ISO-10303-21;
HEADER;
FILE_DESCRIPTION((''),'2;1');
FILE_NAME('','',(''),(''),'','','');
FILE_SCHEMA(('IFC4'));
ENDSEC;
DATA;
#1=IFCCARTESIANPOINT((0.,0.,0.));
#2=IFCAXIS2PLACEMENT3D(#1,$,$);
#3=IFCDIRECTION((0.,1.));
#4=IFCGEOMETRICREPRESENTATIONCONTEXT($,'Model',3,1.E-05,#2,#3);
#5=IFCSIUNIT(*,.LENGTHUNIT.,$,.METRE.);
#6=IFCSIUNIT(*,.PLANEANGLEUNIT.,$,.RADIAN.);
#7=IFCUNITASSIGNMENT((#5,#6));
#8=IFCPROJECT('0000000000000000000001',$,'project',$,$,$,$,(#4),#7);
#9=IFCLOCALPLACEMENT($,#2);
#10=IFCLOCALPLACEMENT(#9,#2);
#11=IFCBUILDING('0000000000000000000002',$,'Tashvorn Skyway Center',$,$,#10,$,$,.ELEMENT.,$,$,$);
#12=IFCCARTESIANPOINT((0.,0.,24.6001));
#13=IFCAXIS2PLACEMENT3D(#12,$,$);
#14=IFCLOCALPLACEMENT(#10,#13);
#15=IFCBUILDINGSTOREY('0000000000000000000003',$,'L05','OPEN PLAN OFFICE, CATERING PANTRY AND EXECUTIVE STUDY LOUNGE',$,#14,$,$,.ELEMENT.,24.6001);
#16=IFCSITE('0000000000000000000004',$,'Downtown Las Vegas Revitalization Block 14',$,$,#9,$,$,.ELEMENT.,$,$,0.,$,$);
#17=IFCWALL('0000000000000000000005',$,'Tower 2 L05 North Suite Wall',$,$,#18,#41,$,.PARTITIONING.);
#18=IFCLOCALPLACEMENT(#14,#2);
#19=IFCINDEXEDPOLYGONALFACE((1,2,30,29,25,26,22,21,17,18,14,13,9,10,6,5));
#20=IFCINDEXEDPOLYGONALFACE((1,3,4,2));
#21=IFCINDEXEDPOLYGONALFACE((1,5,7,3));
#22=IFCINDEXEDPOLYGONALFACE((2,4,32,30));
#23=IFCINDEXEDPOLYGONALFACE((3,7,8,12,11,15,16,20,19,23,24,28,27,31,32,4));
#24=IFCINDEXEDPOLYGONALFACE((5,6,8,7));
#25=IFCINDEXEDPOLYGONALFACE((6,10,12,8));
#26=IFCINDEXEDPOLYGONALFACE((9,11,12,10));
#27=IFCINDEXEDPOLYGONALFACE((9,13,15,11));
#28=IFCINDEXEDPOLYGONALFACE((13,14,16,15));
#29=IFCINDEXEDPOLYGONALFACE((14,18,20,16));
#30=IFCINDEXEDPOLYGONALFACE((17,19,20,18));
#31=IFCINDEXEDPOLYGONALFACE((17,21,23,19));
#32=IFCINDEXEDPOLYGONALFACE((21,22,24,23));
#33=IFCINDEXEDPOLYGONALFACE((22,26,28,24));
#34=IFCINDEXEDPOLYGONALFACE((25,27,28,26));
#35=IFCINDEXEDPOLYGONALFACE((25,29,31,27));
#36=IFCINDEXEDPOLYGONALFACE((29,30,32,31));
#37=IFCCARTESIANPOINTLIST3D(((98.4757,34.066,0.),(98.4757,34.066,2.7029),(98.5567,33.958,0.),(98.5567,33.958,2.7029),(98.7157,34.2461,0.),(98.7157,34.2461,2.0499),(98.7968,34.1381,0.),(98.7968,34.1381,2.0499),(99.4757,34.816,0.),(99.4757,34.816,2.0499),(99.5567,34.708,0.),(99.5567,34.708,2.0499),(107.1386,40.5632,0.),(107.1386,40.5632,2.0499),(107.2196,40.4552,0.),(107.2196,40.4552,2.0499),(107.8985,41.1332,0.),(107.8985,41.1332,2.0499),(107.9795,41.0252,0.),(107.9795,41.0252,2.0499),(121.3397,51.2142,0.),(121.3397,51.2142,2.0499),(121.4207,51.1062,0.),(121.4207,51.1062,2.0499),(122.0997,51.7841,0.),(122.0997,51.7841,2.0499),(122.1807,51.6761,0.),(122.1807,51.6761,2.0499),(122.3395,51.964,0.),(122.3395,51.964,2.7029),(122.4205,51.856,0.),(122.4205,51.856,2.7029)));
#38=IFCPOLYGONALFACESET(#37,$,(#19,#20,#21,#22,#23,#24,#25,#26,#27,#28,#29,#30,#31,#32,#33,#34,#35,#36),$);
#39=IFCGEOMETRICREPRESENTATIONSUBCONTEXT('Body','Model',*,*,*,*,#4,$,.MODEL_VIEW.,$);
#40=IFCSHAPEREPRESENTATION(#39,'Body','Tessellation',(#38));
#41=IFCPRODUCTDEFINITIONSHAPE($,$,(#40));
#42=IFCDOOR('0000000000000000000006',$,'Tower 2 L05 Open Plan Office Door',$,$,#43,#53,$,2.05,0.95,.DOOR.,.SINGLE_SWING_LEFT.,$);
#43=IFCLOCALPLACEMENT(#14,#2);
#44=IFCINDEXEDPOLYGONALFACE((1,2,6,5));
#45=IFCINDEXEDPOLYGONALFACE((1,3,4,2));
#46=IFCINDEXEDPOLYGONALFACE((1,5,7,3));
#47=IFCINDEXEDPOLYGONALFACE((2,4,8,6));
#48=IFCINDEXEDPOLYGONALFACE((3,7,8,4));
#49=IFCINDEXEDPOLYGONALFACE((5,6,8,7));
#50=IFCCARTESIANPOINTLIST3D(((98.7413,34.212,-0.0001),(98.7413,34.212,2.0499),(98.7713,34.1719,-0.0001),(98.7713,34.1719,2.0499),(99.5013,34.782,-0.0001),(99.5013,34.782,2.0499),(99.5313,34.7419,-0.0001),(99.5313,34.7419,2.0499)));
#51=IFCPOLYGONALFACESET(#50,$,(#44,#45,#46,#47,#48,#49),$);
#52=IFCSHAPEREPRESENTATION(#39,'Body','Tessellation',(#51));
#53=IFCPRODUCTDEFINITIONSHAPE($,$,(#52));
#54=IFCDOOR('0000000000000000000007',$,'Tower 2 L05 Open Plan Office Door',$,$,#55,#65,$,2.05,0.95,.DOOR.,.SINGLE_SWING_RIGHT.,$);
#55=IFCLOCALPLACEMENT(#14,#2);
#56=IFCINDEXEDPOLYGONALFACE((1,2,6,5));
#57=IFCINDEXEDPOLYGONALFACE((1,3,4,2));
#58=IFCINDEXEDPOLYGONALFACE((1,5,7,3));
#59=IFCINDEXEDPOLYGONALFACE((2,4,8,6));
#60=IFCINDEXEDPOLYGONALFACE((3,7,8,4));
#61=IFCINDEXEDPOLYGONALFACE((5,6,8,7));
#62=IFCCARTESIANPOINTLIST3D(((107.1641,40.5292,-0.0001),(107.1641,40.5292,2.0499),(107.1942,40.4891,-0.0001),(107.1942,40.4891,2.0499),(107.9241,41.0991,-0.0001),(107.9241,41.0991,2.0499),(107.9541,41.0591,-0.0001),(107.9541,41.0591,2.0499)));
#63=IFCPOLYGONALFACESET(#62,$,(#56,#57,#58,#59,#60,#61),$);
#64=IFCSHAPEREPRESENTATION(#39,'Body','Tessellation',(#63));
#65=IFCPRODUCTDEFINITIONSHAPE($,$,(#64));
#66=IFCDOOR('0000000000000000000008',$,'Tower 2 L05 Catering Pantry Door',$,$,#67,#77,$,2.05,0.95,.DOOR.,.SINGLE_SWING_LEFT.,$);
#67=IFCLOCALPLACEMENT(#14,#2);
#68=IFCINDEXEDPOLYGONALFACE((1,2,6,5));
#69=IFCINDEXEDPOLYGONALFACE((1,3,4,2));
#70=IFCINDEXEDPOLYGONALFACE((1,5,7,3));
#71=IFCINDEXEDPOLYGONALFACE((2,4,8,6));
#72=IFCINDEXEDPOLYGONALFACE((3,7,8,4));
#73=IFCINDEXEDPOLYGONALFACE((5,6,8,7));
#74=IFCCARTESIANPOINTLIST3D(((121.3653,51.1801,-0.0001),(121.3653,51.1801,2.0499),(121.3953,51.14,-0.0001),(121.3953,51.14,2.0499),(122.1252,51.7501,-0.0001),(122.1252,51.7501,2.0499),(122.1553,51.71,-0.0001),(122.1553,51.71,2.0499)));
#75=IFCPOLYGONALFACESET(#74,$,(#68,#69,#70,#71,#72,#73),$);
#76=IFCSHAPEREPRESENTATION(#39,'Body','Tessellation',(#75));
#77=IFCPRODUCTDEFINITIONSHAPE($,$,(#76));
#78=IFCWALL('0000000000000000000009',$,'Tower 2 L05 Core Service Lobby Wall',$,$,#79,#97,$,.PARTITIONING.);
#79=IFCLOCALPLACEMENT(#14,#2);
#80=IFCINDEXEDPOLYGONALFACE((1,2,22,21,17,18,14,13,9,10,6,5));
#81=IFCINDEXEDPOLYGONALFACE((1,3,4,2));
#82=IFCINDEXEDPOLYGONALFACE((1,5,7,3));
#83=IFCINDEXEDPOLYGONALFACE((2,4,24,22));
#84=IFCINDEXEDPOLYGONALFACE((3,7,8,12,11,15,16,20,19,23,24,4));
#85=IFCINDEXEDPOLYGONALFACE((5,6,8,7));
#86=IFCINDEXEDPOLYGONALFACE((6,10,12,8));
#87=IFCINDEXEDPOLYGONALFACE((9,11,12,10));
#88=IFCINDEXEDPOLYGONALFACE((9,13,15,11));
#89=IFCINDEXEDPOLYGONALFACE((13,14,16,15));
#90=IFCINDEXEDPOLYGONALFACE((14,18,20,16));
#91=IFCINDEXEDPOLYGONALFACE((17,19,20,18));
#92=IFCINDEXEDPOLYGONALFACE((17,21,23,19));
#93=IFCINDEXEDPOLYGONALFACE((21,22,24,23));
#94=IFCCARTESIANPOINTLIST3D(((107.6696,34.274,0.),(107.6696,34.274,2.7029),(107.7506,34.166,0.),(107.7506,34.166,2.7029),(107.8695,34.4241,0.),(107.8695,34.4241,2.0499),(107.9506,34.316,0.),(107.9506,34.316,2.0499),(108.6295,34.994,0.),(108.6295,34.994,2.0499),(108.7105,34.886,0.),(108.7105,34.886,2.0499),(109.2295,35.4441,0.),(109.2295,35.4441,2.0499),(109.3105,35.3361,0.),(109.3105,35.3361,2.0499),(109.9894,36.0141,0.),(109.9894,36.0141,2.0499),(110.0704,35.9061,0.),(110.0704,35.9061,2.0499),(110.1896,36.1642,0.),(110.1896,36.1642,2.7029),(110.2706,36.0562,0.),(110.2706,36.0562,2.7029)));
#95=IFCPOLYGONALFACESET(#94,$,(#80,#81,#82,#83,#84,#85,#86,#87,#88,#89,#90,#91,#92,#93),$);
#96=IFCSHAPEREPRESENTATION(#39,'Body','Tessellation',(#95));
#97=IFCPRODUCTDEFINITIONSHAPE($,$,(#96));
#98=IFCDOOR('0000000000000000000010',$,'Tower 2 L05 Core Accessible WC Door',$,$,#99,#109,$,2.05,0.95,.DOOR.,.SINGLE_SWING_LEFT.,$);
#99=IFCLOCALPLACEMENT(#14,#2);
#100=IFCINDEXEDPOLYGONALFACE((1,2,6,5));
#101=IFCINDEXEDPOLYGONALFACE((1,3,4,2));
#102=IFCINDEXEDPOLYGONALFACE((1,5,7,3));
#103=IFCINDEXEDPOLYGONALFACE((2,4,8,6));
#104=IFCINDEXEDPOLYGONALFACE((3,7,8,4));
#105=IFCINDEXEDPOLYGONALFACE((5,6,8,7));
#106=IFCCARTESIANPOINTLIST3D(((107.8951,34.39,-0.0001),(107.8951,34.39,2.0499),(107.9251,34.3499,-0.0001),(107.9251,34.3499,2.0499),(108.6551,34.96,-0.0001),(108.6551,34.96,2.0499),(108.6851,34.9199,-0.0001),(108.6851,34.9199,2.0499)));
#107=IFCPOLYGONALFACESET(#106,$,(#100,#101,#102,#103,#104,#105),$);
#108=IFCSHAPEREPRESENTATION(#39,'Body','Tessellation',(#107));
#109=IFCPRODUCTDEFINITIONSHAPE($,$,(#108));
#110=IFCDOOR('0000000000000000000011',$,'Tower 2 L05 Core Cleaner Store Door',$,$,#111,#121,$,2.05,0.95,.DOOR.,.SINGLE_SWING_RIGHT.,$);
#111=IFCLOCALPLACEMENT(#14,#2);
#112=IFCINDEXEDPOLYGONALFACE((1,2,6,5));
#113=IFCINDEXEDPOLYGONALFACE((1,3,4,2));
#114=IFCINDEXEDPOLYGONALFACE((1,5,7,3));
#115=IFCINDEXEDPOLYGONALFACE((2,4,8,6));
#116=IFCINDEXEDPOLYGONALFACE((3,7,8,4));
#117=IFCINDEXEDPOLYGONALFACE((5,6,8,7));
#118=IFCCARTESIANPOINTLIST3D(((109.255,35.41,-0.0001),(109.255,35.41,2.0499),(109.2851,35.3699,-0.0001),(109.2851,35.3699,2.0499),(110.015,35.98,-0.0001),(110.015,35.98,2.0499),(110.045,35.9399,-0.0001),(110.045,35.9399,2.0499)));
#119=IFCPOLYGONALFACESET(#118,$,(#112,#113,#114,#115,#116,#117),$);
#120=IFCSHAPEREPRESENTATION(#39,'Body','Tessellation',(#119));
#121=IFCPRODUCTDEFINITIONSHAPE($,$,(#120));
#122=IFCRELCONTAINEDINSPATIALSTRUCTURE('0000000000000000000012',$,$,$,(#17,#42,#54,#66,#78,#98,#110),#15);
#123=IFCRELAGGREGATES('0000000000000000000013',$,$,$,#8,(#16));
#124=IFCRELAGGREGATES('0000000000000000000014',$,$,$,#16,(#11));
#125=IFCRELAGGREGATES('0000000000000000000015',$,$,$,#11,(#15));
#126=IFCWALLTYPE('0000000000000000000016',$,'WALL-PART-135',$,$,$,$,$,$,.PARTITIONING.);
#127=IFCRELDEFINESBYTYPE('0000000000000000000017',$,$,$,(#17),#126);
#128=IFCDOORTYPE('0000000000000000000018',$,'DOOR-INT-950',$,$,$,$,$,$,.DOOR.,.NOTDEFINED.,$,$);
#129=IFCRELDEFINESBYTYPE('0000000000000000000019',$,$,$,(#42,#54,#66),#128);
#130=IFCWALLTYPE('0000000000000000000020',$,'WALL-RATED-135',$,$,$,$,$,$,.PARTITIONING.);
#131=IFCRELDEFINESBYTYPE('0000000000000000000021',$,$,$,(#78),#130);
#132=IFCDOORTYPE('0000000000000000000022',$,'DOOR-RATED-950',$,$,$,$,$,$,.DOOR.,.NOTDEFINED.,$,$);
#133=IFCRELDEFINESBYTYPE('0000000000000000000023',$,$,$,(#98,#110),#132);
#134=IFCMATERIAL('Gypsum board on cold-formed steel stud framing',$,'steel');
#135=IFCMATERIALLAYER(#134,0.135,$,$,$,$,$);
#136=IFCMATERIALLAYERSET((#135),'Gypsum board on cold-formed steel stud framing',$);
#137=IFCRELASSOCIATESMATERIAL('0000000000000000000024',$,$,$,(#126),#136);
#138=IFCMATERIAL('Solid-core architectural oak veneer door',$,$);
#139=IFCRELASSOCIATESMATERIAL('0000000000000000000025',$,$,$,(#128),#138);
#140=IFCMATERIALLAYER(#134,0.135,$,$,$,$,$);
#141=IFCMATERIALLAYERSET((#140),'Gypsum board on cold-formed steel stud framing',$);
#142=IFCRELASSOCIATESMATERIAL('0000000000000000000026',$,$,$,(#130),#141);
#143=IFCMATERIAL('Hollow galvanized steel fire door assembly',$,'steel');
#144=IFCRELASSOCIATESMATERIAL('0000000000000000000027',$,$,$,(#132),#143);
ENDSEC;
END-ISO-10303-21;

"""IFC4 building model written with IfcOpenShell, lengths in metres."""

from ifc_helpers import new_model, si_unit, direction, frame, frame_2d, origin, place, context, subcontext, project, spatial, rectangle, extrude, material, layer, layer_set, type_object, element, fill, save


model = new_model("IFC4")

# Units and contexts
model_context = context("Model", 3, precision=1e-05, world=origin(), true_north=direction((0.0, 1.0)))
body_context = subcontext(model_context, "Body", "Model", "MODEL_VIEW")
ifc_project = project(units=[si_unit("LENGTHUNIT", "METRE"), si_unit("PLANEANGLEUNIT", "RADIAN")], contexts=[model_context])

# Site, building, storey
site_placement = place(None, origin())
site = spatial("IfcSite", under=ifc_project, at=site_placement, Name="Downtown Las Vegas Revitalization Block 14", CompositionType="ELEMENT", RefElevation=0.0)
building_placement = place(site_placement, origin())
building = spatial("IfcBuilding", under=site, at=building_placement, Name="Tashvorn Skyway Center", CompositionType="ELEMENT")
storey_placement = place(building_placement, frame((0.0, 0.0, 24.6001)))
storey = spatial("IfcBuildingStorey", under=building, at=storey_placement, Name="L05", Description="OPEN PLAN OFFICE, CATERING PANTRY AND EXECUTIVE STUDY LOUNGE", CompositionType="ELEMENT", Elevation=24.6001)

# Shared definitions
ifc_material_1 = material(Name="Gypsum board on cold-formed steel stud framing", Category="steel")

# Walls, openings, doors
ifc_layer_1 = layer(ifc_material_1, 0.135)
ifc_layer_set_1 = layer_set([ifc_layer_1], Name="Gypsum board on cold-formed steel stud framing")
wall_type_1 = type_object("IfcWallType", Name="WALL-PART-135", PredefinedType="PARTITIONING", material=ifc_layer_set_1)
wall_1_placement = place(storey_placement, frame((98.5161, 34.012, 0.0), z_axis=(0.0, 0.0, 1.0), x_axis=(0.799998, 0.600003, 0.0)))
wall_1 = element("IfcWall", 1, at=wall_1_placement, inside=storey, type_object=wall_type_1, Name="Tower 2 L05 North Suite Wall", PredefinedType="PARTITIONING", context=body_context, shape_type="SweptSolid", body=[
    extrude(rectangle(XDim=29.8298, YDim=0.135, at=frame_2d((14.915, 0.0))), origin(), (0.0, 0.0, 1.0), 2.7029),
])
opening_1_placement = place(wall_1_placement, frame((0.3, 0.0, 0.0)))
opening_1 = element("IfcOpeningElement", 2, at=opening_1_placement, cuts=wall_1, PredefinedType="OPENING", context=body_context, shape_type="SweptSolid", body=[
    extrude(rectangle(XDim=0.95, YDim=2.05, at=frame_2d((0.4751, 1.0249))), frame((0.0, 0.0774, 0.0), z_axis=(0.0, -1.0, 0.0), x_axis=(1.0, 0.0, 0.0)), (0.0, 0.0, 1.0), 0.155),
])
opening_2_placement = place(wall_1_placement, frame((10.8286, 0.0, 0.0)))
opening_2 = element("IfcOpeningElement", 3, at=opening_2_placement, cuts=wall_1, PredefinedType="OPENING", context=body_context, shape_type="SweptSolid", body=[
    extrude(rectangle(XDim=0.95, YDim=2.05, at=frame_2d((0.4751, 1.0249))), frame((0.0, 0.0774, 0.0), z_axis=(0.0, -1.0, 0.0), x_axis=(1.0, 0.0, 0.0)), (0.0, 0.0, 1.0), 0.155),
])
opening_3_placement = place(wall_1_placement, frame((28.5801, 0.0, 0.0)))
opening_3 = element("IfcOpeningElement", 4, at=opening_3_placement, cuts=wall_1, PredefinedType="OPENING", context=body_context, shape_type="SweptSolid", body=[
    extrude(rectangle(XDim=0.95, YDim=2.05, at=frame_2d((0.4751, 1.0249))), frame((0.0, 0.0774, 0.0), z_axis=(0.0, -1.0, 0.0), x_axis=(1.0, 0.0, 0.0)), (0.0, 0.0, 1.0), 0.155),
])
ifc_material_2 = material(Name="Solid-core architectural oak veneer door")
door_type_1 = type_object("IfcDoorType", Name="DOOR-INT-950", OperationType="NOTDEFINED", PredefinedType="DOOR", material=ifc_material_2)
door_1_placement = place(opening_1_placement, origin())
door_1 = element("IfcDoor", 5, at=door_1_placement, inside=storey, type_object=door_type_1, Name="Tower 2 L05 Open Plan Office Door", OperationType="SINGLE_SWING_LEFT", OverallHeight=2.05, OverallWidth=0.95, PredefinedType="DOOR", context=body_context, shape_type="SweptSolid", body=[
    extrude(rectangle(XDim=0.95, YDim=2.05, at=frame_2d((0.4751, 1.0249))), frame((0.0, 0.0249, 0.0), z_axis=(0.0, -1.0, 0.0), x_axis=(1.0, 0.0, 0.0)), (0.0, 0.0, 1.0), 0.05),
])
fill(opening_1, door_1)
door_2_placement = place(opening_2_placement, origin())
door_2 = element("IfcDoor", 6, at=door_2_placement, inside=storey, type_object=door_type_1, Name="Tower 2 L05 Open Plan Office Door", OperationType="SINGLE_SWING_RIGHT", OverallHeight=2.05, OverallWidth=0.95, PredefinedType="DOOR", context=body_context, shape_type="SweptSolid", body=[
    extrude(rectangle(XDim=0.95, YDim=2.05, at=frame_2d((0.4751, 1.0249))), frame((0.0, 0.0249, 0.0), z_axis=(0.0, -1.0, 0.0), x_axis=(1.0, 0.0, 0.0)), (0.0, 0.0, 1.0), 0.05),
])
fill(opening_2, door_2)
door_3_placement = place(opening_3_placement, origin())
door_3 = element("IfcDoor", 7, at=door_3_placement, inside=storey, type_object=door_type_1, Name="Tower 2 L05 Catering Pantry Door", OperationType="SINGLE_SWING_LEFT", OverallHeight=2.05, OverallWidth=0.95, PredefinedType="DOOR", context=body_context, shape_type="SweptSolid", body=[
    extrude(rectangle(XDim=0.95, YDim=2.05, at=frame_2d((0.4751, 1.0249))), frame((0.0, 0.0249, 0.0), z_axis=(0.0, -1.0, 0.0), x_axis=(1.0, 0.0, 0.0)), (0.0, 0.0, 1.0), 0.05),
])
fill(opening_3, door_3)
ifc_layer_2 = layer(ifc_material_1, 0.135)
ifc_layer_set_2 = layer_set([ifc_layer_2], Name="Gypsum board on cold-formed steel stud framing")
wall_type_2 = type_object("IfcWallType", Name="WALL-RATED-135", PredefinedType="PARTITIONING", material=ifc_layer_set_2)
wall_2_placement = place(storey_placement, frame((107.71, 34.22, 0.0), z_axis=(0.0, 0.0, 1.0), x_axis=(0.799981, 0.600025, 0.0)))
wall_2 = element("IfcWall", 8, at=wall_2_placement, inside=storey, type_object=wall_type_2, Name="Tower 2 L05 Core Service Lobby Wall", PredefinedType="PARTITIONING", context=body_context, shape_type="SweptSolid", body=[
    extrude(rectangle(XDim=3.1501, YDim=0.135, at=frame_2d((1.5752, 0.0))), origin(), (0.0, 0.0, 1.0), 2.7029),
])
opening_4_placement = place(wall_2_placement, frame((0.25, 0.0, 0.0)))
opening_4 = element("IfcOpeningElement", 9, at=opening_4_placement, cuts=wall_2, PredefinedType="OPENING", context=body_context, shape_type="SweptSolid", body=[
    extrude(rectangle(XDim=0.95, YDim=2.05, at=frame_2d((0.4751, 1.0249))), frame((0.0, 0.0774, 0.0), z_axis=(0.0, -1.0, 0.0), x_axis=(1.0, 0.0, 0.0)), (0.0, 0.0, 1.0), 0.155),
])
opening_5_placement = place(wall_2_placement, frame((1.95, 0.0, 0.0)))
opening_5 = element("IfcOpeningElement", 10, at=opening_5_placement, cuts=wall_2, PredefinedType="OPENING", context=body_context, shape_type="SweptSolid", body=[
    extrude(rectangle(XDim=0.95, YDim=2.05, at=frame_2d((0.4751, 1.0249))), frame((0.0, 0.0774, 0.0), z_axis=(0.0, -1.0, 0.0), x_axis=(1.0, 0.0, 0.0)), (0.0, 0.0, 1.0), 0.155),
])
ifc_material_3 = material(Name="Hollow galvanized steel fire door assembly", Category="steel")
door_type_2 = type_object("IfcDoorType", Name="DOOR-RATED-950", OperationType="NOTDEFINED", PredefinedType="DOOR", material=ifc_material_3)
door_4_placement = place(opening_4_placement, origin())
door_4 = element("IfcDoor", 11, at=door_4_placement, inside=storey, type_object=door_type_2, Name="Tower 2 L05 Core Accessible WC Door", OperationType="SINGLE_SWING_LEFT", OverallHeight=2.05, OverallWidth=0.95, PredefinedType="DOOR", context=body_context, shape_type="SweptSolid", body=[
    extrude(rectangle(XDim=0.95, YDim=2.05, at=frame_2d((0.4751, 1.0249))), frame((0.0, 0.0249, 0.0), z_axis=(0.0, -1.0, 0.0), x_axis=(1.0, 0.0, 0.0)), (0.0, 0.0, 1.0), 0.05),
])
fill(opening_4, door_4)
door_5_placement = place(opening_5_placement, origin())
door_5 = element("IfcDoor", 12, at=door_5_placement, inside=storey, type_object=door_type_2, Name="Tower 2 L05 Core Cleaner Store Door", OperationType="SINGLE_SWING_RIGHT", OverallHeight=2.05, OverallWidth=0.95, PredefinedType="DOOR", context=body_context, shape_type="SweptSolid", body=[
    extrude(rectangle(XDim=0.95, YDim=2.05, at=frame_2d((0.4751, 1.0249))), frame((0.0, 0.0249, 0.0), z_axis=(0.0, -1.0, 0.0), x_axis=(1.0, 0.0, 0.0)), (0.0, 0.0, 1.0), 0.05),
])
fill(opening_5, door_5)

save(model, "model.ifc")
